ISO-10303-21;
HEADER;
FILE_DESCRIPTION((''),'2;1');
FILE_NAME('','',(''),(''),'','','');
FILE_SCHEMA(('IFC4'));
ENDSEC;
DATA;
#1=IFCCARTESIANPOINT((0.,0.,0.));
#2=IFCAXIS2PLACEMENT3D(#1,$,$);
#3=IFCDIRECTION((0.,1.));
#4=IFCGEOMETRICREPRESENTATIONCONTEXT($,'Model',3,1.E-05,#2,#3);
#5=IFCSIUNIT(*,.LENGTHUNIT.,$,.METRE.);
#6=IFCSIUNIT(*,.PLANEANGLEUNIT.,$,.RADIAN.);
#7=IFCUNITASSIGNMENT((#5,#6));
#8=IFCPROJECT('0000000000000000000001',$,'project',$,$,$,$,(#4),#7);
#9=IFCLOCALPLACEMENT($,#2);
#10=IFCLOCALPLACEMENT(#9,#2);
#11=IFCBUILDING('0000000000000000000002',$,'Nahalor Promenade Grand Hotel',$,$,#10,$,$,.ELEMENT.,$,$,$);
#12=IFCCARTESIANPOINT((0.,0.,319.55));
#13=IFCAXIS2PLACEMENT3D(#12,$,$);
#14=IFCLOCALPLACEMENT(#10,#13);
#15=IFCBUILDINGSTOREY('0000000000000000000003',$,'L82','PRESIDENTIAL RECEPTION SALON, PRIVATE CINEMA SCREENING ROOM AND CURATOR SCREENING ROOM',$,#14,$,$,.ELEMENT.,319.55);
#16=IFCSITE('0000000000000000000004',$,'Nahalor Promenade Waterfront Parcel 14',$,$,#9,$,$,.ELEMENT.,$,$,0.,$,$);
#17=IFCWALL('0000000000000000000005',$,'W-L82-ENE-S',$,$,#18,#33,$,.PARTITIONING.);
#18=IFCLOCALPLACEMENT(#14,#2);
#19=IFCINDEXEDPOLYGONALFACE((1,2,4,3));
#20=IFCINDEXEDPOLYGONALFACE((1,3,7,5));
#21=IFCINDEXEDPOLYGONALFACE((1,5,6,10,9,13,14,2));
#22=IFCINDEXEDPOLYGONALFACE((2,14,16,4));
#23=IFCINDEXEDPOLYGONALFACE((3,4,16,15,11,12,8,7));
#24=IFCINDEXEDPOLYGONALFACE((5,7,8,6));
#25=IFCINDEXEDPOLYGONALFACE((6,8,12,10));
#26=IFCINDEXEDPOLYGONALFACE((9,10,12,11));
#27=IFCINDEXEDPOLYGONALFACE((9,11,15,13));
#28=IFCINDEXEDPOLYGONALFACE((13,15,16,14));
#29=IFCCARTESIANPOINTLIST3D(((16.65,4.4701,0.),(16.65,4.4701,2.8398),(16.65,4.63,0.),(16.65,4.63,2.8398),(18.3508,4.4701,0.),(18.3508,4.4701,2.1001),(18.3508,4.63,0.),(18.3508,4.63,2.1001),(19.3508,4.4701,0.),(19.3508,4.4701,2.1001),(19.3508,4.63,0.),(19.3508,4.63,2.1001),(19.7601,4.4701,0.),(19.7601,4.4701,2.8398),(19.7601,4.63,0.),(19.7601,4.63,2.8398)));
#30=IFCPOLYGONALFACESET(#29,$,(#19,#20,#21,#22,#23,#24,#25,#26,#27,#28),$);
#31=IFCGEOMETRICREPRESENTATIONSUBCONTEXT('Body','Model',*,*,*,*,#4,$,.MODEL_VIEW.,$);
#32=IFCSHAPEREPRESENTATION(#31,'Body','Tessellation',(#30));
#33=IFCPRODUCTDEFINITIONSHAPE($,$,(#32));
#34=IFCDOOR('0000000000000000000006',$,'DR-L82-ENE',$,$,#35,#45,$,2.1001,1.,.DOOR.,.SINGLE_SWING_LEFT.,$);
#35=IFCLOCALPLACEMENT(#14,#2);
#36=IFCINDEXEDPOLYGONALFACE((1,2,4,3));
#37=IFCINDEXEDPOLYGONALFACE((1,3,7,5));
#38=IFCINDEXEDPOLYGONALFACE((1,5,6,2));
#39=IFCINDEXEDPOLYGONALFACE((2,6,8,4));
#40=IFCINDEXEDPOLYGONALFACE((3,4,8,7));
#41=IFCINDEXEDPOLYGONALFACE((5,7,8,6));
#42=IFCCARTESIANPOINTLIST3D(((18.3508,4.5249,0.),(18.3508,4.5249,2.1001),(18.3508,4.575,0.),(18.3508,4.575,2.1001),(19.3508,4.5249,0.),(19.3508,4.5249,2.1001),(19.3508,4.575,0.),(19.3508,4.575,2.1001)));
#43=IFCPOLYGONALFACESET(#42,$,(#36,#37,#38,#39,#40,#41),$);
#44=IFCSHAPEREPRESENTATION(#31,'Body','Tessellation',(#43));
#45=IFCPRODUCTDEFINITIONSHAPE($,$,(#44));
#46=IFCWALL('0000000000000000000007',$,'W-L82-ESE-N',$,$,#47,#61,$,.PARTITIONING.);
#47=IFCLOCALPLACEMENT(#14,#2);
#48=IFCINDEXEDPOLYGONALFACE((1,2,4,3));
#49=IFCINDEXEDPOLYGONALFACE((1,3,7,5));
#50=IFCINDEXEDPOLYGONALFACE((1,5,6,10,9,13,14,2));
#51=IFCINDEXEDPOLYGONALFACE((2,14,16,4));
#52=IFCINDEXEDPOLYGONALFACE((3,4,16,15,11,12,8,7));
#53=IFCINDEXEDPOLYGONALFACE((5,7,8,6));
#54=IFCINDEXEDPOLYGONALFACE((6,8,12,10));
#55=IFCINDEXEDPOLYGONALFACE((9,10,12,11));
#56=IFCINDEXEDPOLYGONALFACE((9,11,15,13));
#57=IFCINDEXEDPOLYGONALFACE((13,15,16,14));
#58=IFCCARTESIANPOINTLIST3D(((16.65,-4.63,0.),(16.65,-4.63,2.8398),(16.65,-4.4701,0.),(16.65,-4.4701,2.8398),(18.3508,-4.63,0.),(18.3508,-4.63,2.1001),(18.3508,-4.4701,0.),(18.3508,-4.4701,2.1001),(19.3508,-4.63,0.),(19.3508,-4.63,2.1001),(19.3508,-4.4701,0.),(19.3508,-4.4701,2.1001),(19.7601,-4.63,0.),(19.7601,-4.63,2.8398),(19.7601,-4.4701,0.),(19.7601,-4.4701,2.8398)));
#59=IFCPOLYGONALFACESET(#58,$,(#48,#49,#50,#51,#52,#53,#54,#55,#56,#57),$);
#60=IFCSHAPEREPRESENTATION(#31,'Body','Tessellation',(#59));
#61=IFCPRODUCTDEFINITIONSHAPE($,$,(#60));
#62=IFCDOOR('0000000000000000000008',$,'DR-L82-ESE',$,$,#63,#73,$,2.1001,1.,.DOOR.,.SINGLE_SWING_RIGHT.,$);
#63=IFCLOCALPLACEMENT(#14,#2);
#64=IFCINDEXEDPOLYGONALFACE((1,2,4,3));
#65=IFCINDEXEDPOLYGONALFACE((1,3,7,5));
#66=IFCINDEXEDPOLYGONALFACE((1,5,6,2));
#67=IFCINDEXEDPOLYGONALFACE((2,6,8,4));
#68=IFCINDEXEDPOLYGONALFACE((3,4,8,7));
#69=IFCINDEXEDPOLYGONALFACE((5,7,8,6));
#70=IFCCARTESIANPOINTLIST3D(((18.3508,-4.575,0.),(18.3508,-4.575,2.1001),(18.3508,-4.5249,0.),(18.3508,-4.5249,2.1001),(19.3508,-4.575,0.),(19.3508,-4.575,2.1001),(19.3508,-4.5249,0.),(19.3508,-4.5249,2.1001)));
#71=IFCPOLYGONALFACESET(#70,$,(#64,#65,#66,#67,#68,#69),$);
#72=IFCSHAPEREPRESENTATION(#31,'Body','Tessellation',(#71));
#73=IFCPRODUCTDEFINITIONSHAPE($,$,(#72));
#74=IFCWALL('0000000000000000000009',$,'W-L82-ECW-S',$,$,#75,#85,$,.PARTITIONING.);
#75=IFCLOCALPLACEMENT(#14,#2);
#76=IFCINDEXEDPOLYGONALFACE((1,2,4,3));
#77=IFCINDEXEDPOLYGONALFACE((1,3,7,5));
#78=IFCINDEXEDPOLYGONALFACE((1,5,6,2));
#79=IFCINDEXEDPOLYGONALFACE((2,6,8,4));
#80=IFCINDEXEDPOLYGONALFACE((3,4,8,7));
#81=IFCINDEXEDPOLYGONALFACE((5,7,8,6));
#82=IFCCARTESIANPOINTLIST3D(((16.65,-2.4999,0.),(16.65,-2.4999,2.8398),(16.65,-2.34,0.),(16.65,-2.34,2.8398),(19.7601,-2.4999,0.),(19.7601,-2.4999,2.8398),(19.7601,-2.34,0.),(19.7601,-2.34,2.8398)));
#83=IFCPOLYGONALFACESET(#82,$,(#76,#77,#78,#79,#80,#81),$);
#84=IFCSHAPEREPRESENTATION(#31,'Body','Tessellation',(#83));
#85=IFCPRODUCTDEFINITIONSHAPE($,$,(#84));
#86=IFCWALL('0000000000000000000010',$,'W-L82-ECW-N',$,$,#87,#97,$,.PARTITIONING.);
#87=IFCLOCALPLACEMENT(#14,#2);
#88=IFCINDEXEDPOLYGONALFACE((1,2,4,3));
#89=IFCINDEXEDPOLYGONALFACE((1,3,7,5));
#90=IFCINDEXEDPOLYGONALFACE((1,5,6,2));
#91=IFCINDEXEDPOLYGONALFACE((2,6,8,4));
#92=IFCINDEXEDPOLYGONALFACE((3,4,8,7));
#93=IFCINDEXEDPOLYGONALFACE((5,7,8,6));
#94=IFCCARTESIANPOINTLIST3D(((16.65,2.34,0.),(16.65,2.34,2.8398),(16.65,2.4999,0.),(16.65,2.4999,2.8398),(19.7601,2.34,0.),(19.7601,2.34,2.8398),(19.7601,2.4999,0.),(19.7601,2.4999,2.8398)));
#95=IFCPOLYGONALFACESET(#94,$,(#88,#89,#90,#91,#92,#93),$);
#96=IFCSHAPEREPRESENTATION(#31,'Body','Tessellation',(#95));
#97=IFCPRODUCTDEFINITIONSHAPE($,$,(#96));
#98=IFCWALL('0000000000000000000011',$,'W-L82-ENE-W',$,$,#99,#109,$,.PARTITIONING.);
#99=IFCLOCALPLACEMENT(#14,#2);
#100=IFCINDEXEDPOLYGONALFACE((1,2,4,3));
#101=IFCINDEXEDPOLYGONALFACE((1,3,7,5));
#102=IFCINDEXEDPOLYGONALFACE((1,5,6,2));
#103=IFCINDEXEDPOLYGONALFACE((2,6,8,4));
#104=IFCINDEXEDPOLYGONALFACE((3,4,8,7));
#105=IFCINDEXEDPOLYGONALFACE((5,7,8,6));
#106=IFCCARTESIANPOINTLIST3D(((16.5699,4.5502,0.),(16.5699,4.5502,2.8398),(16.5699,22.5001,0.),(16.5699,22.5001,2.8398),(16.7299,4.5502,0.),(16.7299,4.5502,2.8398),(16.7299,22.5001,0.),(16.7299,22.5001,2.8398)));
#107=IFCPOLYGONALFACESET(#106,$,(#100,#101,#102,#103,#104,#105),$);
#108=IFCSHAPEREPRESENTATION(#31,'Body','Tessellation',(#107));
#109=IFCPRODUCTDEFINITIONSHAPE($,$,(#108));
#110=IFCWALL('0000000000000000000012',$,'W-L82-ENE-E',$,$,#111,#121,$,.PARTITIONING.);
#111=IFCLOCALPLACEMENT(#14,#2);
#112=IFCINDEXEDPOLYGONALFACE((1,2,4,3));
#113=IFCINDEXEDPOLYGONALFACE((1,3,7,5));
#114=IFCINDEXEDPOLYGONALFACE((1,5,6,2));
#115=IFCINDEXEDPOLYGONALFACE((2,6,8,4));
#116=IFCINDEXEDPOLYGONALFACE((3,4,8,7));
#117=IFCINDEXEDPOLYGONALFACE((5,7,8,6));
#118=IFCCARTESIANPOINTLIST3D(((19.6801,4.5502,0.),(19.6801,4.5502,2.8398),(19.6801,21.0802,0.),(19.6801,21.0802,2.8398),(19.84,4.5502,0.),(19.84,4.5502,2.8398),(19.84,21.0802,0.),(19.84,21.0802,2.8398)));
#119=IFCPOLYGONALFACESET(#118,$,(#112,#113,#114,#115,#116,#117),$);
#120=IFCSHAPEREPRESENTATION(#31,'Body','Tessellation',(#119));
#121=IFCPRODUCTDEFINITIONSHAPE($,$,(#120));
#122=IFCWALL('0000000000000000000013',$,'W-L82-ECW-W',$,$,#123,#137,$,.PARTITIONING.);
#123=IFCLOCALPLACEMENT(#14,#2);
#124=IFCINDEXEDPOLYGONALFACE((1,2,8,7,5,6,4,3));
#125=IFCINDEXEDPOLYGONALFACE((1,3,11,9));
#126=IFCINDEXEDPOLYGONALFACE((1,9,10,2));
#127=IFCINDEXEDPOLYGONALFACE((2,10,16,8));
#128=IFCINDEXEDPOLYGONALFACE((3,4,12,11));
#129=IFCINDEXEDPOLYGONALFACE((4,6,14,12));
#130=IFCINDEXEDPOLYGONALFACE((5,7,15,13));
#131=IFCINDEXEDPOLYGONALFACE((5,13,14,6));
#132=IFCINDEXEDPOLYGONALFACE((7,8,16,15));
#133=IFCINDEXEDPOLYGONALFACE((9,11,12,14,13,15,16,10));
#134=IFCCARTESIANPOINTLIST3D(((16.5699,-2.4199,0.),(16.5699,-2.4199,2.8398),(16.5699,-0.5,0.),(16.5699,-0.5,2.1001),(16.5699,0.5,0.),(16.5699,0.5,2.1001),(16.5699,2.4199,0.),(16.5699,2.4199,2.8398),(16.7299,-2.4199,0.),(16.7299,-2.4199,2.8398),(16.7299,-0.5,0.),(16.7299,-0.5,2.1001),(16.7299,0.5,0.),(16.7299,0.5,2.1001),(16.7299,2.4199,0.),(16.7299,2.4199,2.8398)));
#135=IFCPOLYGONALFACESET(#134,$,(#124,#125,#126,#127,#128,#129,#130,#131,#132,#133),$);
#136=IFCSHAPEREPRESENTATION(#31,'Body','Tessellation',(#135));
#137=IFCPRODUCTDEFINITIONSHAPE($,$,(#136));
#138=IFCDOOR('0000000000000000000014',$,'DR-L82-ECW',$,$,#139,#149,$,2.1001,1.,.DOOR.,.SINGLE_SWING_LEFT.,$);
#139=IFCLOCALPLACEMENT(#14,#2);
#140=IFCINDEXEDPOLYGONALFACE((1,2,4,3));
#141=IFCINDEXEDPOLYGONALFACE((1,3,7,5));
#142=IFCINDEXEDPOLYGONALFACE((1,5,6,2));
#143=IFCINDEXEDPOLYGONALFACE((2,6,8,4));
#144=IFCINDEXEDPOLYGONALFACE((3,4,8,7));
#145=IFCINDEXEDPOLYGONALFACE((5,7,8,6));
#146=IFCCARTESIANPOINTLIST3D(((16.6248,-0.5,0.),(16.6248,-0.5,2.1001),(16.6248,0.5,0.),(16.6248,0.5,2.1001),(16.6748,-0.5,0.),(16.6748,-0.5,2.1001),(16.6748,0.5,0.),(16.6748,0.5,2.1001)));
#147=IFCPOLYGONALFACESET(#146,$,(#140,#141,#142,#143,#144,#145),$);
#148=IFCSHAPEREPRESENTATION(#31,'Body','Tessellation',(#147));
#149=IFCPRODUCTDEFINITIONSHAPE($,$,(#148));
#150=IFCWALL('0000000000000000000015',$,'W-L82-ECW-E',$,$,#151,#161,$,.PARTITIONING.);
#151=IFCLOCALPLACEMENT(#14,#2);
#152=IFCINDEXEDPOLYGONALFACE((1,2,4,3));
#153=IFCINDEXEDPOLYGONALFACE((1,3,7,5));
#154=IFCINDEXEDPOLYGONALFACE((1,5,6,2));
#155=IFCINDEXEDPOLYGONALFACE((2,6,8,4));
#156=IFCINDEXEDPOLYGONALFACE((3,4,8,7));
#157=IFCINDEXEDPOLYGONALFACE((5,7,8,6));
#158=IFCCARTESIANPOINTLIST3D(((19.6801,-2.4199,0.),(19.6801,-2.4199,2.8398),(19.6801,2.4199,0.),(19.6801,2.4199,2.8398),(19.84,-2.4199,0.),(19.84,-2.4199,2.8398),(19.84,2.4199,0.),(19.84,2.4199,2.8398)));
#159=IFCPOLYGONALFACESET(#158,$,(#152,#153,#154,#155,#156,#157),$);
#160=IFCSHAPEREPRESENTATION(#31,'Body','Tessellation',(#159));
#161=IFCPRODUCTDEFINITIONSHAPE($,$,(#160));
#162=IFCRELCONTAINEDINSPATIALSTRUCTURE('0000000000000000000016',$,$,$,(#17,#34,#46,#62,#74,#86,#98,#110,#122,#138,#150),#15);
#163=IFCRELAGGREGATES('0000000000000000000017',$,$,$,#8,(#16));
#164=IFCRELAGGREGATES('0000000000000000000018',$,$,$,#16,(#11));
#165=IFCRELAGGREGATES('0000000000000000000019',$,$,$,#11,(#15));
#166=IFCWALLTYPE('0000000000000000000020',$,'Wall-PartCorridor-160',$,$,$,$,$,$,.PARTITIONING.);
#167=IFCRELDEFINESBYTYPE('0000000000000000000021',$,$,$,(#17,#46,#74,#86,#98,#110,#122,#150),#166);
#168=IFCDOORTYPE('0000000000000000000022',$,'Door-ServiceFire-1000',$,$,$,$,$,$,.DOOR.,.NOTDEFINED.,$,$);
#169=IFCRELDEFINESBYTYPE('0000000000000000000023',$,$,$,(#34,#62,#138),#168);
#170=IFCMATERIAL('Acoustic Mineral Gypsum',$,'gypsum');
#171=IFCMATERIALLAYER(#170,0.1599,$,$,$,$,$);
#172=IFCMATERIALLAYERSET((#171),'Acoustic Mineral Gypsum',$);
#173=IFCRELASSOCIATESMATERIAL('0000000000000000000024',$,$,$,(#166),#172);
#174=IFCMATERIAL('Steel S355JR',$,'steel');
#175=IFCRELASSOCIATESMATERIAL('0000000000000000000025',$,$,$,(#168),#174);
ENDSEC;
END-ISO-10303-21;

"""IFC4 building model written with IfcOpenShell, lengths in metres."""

from ifc_helpers import new_model, si_unit, direction, frame, frame_2d, origin, place, context, subcontext, project, spatial, rectangle, extrude, source, transform, mapped, material, layer, layer_set, type_object, element, fill, save


model = new_model("IFC4")

# Units and contexts
model_context = context("Model", 3, precision=1e-05, world=origin(), true_north=direction((0.0, 1.0)))
body_context = subcontext(model_context, "Body", "Model", "MODEL_VIEW")
ifc_project = project(units=[si_unit("LENGTHUNIT", "METRE"), si_unit("PLANEANGLEUNIT", "RADIAN")], contexts=[model_context])

# Site, building, storey
site_placement = place(None, origin())
site = spatial("IfcSite", under=ifc_project, at=site_placement, Name="Nahalor Promenade Waterfront Parcel 14", CompositionType="ELEMENT", RefElevation=0.0)
building_placement = place(site_placement, origin())
building = spatial("IfcBuilding", under=site, at=building_placement, Name="Nahalor Promenade Grand Hotel", CompositionType="ELEMENT")
storey_placement = place(building_placement, frame((0.0, 0.0, 319.55)))
storey = spatial("IfcBuildingStorey", under=building, at=storey_placement, Name="L82", Description="PRESIDENTIAL RECEPTION SALON, PRIVATE CINEMA SCREENING ROOM AND CURATOR SCREENING ROOM", CompositionType="ELEMENT", Elevation=319.55)

# Shared definitions
ifc_material_1 = material(Name="Steel S355JR", Category="steel")

# Shared definitions
ifc_material_2 = material(Name="Acoustic Mineral Gypsum", Category="gypsum")
ifc_layer_1 = layer(ifc_material_2, 0.1599)
ifc_layer_set_1 = layer_set([ifc_layer_1], Name="Acoustic Mineral Gypsum")
wall_type_1 = type_object("IfcWallType", Name="Wall-PartCorridor-160", PredefinedType="PARTITIONING", material=ifc_layer_set_1)

# Shared definitions
door_type = type_object("IfcDoorType", Name="Door-ServiceFire-1000", OperationType="NOTDEFINED", PredefinedType="DOOR", material=ifc_material_1)
shared_shape_1 = source(origin(), body_context, "Body", "SweptSolid", [
    extrude(rectangle(XDim=1.0, YDim=2.1001, at=frame_2d((0.5, 1.05))), frame((0.0, 0.0249, 0.0), z_axis=(0.0, -1.0, 0.0), x_axis=(1.0, 0.0, 0.0)), (0.0, 0.0, 1.0), 0.05),
])

# Walls, openings, doors
shared_shape_2 = source(origin(), body_context, "Body", "SweptSolid", [
    extrude(rectangle(XDim=3.1101, YDim=0.1599, at=frame_2d((1.5552, 0.0))), origin(), (0.0, 0.0, 1.0), 2.8398),
])
wall_1_placement = place(storey_placement, frame((16.6499, 4.55, 0.0), z_axis=(0.0, 0.0, 1.0), x_axis=(1.0, 0.0, 0.0)))
wall_1 = element("IfcWall", 1, at=wall_1_placement, inside=storey, type_object=wall_type_1, Name="W-L82-ENE-S", PredefinedType="PARTITIONING", context=body_context, shape_type="MappedRepresentation", body=[
    mapped(shared_shape_2, transform((0.0, 0.0, 0.0), scale=1.0)),
])
opening_1_placement = place(wall_1_placement, frame((1.7009, 0.0, 0.0)))
opening_1 = element("IfcOpeningElement", 2, at=opening_1_placement, cuts=wall_1, PredefinedType="OPENING", context=body_context, shape_type="SweptSolid", body=[
    extrude(rectangle(XDim=1.0, YDim=2.1001, at=frame_2d((0.5, 1.05))), frame((0.0, 0.0898, 0.0), z_axis=(0.0, -1.0, 0.0), x_axis=(1.0, 0.0, 0.0)), (0.0, 0.0, 1.0), 0.1799),
])
door_1_placement = place(opening_1_placement, origin())
door_1 = element("IfcDoor", 3, at=door_1_placement, inside=storey, type_object=door_type, Name="DR-L82-ENE", OperationType="SINGLE_SWING_LEFT", OverallHeight=2.1001, OverallWidth=1.0, PredefinedType="DOOR", context=body_context, shape_type="MappedRepresentation", body=[
    mapped(shared_shape_1, transform((0.0, 0.0, 0.0), scale=1.0)),
])
fill(opening_1, door_1)
wall_2_placement = place(storey_placement, frame((16.6499, -4.55, 0.0), z_axis=(0.0, 0.0, 1.0), x_axis=(1.0, 0.0, 0.0)))
wall_2 = element("IfcWall", 4, at=wall_2_placement, inside=storey, type_object=wall_type_1, Name="W-L82-ESE-N", PredefinedType="PARTITIONING", context=body_context, shape_type="MappedRepresentation", body=[
    mapped(shared_shape_2, transform((0.0, 0.0, 0.0), scale=1.0)),
])
opening_2_placement = place(wall_2_placement, frame((1.7009, 0.0, 0.0)))
opening_2 = element("IfcOpeningElement", 5, at=opening_2_placement, cuts=wall_2, PredefinedType="OPENING", context=body_context, shape_type="SweptSolid", body=[
    extrude(rectangle(XDim=1.0, YDim=2.1001, at=frame_2d((0.5, 1.05))), frame((0.0, 0.0898, 0.0), z_axis=(0.0, -1.0, 0.0), x_axis=(1.0, 0.0, 0.0)), (0.0, 0.0, 1.0), 0.1799),
])
door_2_placement = place(opening_2_placement, frame((1.0, 0.0, 0.0), z_axis=(0.0, 0.0, 1.0), x_axis=(-1.0, 0.0, 0.0)))
door_2 = element("IfcDoor", 6, at=door_2_placement, inside=storey, type_object=door_type, Name="DR-L82-ESE", OperationType="SINGLE_SWING_RIGHT", OverallHeight=2.1001, OverallWidth=1.0, PredefinedType="DOOR", context=body_context, shape_type="MappedRepresentation", body=[
    mapped(shared_shape_1, transform((0.0, 0.0, 0.0), scale=1.0)),
])
fill(opening_2, door_2)

# Walls
for number, where, z_axis, x_axis, name in (
    (7, (16.6499, -2.4199, 0.0), (0.0, 0.0, 1.0), (1.0, 0.0, 0.0), "W-L82-ECW-S"),
    (8, (16.6499, 2.4199, 0.0), (0.0, 0.0, 1.0), (1.0, 0.0, 0.0), "W-L82-ECW-N"),
):
    element("IfcWall", number, at=place(storey_placement, frame(where, z_axis=z_axis, x_axis=x_axis)), inside=storey, type_object=wall_type_1, Name=name, PredefinedType="PARTITIONING", context=body_context, shape_type="MappedRepresentation", body=[
        mapped(shared_shape_2, transform((0.0, 0.0, 0.0), scale=1.0)),
    ])
shared_shape_3 = source(origin(), body_context, "Body", "SweptSolid", [
    extrude(rectangle(XDim=17.95, YDim=0.1599, at=frame_2d((8.9751, 0.0))), origin(), (0.0, 0.0, 1.0), 2.8398),
])
wall_3_placement = place(storey_placement, frame((16.6499, 4.55, 0.0), z_axis=(0.0, 0.0, 1.0), x_axis=(0.0, 1.0, 0.0)))
element("IfcWall", 9, at=wall_3_placement, inside=storey, type_object=wall_type_1, Name="W-L82-ENE-W", PredefinedType="PARTITIONING", context=body_context, shape_type="MappedRepresentation", body=[
    mapped(shared_shape_3, transform((0.0, 0.0, 0.0), scale=1.0)),
])
shared_shape_4 = source(origin(), body_context, "Body", "SweptSolid", [
    extrude(rectangle(XDim=16.53, YDim=0.1599, at=frame_2d((8.2651, 0.0))), origin(), (0.0, 0.0, 1.0), 2.8398),
])
wall_4_placement = place(storey_placement, frame((19.76, 4.55, 0.0), z_axis=(0.0, 0.0, 1.0), x_axis=(0.0, 1.0, 0.0)))
element("IfcWall", 10, at=wall_4_placement, inside=storey, type_object=wall_type_1, Name="W-L82-ENE-E", PredefinedType="PARTITIONING", context=body_context, shape_type="MappedRepresentation", body=[
    mapped(shared_shape_4, transform((0.0, 0.0, 0.0), scale=1.0)),
])

# Wall, opening, door
shared_shape_5 = source(origin(), body_context, "Body", "SweptSolid", [
    extrude(rectangle(XDim=4.8398, YDim=0.1599, at=frame_2d((2.4199, 0.0))), origin(), (0.0, 0.0, 1.0), 2.8398),
])
wall_5_placement = place(storey_placement, frame((16.6499, -2.4199, 0.0), z_axis=(0.0, 0.0, 1.0), x_axis=(0.0, 1.0, 0.0)))
wall_5 = element("IfcWall", 11, at=wall_5_placement, inside=storey, type_object=wall_type_1, Name="W-L82-ECW-W", PredefinedType="PARTITIONING", context=body_context, shape_type="MappedRepresentation", body=[
    mapped(shared_shape_5, transform((0.0, 0.0, 0.0), scale=1.0)),
])
opening_3_placement = place(wall_5_placement, frame((1.9199, 0.0, 0.0)))
opening_3 = element("IfcOpeningElement", 12, at=opening_3_placement, cuts=wall_5, PredefinedType="OPENING", context=body_context, shape_type="SweptSolid", body=[
    extrude(rectangle(XDim=1.0, YDim=2.1001, at=frame_2d((0.5, 1.05))), frame((0.0, 0.0898, 0.0), z_axis=(0.0, -1.0, 0.0), x_axis=(1.0, 0.0, 0.0)), (0.0, 0.0, 1.0), 0.1799),
])
door_3_placement = place(opening_3_placement, frame((1.0, 0.0, 0.0), z_axis=(0.0, 0.0, 1.0), x_axis=(-1.0, 0.0, 0.0)))
door_3 = element("IfcDoor", 13, at=door_3_placement, inside=storey, type_object=door_type, Name="DR-L82-ECW", OperationType="SINGLE_SWING_LEFT", OverallHeight=2.1001, OverallWidth=1.0, PredefinedType="DOOR", context=body_context, shape_type="MappedRepresentation", body=[
    mapped(shared_shape_1, transform((0.0, 0.0, 0.0), scale=1.0)),
])
fill(opening_3, door_3)

# Wall
wall_6_placement = place(storey_placement, frame((19.76, -2.4199, 0.0), z_axis=(0.0, 0.0, 1.0), x_axis=(0.0, 1.0, 0.0)))
element("IfcWall", 14, at=wall_6_placement, inside=storey, type_object=wall_type_1, Name="W-L82-ECW-E", PredefinedType="PARTITIONING", context=body_context, shape_type="MappedRepresentation", body=[
    mapped(shared_shape_5, transform((0.0, 0.0, 0.0), scale=1.0)),
])

save(model, "model.ifc")
